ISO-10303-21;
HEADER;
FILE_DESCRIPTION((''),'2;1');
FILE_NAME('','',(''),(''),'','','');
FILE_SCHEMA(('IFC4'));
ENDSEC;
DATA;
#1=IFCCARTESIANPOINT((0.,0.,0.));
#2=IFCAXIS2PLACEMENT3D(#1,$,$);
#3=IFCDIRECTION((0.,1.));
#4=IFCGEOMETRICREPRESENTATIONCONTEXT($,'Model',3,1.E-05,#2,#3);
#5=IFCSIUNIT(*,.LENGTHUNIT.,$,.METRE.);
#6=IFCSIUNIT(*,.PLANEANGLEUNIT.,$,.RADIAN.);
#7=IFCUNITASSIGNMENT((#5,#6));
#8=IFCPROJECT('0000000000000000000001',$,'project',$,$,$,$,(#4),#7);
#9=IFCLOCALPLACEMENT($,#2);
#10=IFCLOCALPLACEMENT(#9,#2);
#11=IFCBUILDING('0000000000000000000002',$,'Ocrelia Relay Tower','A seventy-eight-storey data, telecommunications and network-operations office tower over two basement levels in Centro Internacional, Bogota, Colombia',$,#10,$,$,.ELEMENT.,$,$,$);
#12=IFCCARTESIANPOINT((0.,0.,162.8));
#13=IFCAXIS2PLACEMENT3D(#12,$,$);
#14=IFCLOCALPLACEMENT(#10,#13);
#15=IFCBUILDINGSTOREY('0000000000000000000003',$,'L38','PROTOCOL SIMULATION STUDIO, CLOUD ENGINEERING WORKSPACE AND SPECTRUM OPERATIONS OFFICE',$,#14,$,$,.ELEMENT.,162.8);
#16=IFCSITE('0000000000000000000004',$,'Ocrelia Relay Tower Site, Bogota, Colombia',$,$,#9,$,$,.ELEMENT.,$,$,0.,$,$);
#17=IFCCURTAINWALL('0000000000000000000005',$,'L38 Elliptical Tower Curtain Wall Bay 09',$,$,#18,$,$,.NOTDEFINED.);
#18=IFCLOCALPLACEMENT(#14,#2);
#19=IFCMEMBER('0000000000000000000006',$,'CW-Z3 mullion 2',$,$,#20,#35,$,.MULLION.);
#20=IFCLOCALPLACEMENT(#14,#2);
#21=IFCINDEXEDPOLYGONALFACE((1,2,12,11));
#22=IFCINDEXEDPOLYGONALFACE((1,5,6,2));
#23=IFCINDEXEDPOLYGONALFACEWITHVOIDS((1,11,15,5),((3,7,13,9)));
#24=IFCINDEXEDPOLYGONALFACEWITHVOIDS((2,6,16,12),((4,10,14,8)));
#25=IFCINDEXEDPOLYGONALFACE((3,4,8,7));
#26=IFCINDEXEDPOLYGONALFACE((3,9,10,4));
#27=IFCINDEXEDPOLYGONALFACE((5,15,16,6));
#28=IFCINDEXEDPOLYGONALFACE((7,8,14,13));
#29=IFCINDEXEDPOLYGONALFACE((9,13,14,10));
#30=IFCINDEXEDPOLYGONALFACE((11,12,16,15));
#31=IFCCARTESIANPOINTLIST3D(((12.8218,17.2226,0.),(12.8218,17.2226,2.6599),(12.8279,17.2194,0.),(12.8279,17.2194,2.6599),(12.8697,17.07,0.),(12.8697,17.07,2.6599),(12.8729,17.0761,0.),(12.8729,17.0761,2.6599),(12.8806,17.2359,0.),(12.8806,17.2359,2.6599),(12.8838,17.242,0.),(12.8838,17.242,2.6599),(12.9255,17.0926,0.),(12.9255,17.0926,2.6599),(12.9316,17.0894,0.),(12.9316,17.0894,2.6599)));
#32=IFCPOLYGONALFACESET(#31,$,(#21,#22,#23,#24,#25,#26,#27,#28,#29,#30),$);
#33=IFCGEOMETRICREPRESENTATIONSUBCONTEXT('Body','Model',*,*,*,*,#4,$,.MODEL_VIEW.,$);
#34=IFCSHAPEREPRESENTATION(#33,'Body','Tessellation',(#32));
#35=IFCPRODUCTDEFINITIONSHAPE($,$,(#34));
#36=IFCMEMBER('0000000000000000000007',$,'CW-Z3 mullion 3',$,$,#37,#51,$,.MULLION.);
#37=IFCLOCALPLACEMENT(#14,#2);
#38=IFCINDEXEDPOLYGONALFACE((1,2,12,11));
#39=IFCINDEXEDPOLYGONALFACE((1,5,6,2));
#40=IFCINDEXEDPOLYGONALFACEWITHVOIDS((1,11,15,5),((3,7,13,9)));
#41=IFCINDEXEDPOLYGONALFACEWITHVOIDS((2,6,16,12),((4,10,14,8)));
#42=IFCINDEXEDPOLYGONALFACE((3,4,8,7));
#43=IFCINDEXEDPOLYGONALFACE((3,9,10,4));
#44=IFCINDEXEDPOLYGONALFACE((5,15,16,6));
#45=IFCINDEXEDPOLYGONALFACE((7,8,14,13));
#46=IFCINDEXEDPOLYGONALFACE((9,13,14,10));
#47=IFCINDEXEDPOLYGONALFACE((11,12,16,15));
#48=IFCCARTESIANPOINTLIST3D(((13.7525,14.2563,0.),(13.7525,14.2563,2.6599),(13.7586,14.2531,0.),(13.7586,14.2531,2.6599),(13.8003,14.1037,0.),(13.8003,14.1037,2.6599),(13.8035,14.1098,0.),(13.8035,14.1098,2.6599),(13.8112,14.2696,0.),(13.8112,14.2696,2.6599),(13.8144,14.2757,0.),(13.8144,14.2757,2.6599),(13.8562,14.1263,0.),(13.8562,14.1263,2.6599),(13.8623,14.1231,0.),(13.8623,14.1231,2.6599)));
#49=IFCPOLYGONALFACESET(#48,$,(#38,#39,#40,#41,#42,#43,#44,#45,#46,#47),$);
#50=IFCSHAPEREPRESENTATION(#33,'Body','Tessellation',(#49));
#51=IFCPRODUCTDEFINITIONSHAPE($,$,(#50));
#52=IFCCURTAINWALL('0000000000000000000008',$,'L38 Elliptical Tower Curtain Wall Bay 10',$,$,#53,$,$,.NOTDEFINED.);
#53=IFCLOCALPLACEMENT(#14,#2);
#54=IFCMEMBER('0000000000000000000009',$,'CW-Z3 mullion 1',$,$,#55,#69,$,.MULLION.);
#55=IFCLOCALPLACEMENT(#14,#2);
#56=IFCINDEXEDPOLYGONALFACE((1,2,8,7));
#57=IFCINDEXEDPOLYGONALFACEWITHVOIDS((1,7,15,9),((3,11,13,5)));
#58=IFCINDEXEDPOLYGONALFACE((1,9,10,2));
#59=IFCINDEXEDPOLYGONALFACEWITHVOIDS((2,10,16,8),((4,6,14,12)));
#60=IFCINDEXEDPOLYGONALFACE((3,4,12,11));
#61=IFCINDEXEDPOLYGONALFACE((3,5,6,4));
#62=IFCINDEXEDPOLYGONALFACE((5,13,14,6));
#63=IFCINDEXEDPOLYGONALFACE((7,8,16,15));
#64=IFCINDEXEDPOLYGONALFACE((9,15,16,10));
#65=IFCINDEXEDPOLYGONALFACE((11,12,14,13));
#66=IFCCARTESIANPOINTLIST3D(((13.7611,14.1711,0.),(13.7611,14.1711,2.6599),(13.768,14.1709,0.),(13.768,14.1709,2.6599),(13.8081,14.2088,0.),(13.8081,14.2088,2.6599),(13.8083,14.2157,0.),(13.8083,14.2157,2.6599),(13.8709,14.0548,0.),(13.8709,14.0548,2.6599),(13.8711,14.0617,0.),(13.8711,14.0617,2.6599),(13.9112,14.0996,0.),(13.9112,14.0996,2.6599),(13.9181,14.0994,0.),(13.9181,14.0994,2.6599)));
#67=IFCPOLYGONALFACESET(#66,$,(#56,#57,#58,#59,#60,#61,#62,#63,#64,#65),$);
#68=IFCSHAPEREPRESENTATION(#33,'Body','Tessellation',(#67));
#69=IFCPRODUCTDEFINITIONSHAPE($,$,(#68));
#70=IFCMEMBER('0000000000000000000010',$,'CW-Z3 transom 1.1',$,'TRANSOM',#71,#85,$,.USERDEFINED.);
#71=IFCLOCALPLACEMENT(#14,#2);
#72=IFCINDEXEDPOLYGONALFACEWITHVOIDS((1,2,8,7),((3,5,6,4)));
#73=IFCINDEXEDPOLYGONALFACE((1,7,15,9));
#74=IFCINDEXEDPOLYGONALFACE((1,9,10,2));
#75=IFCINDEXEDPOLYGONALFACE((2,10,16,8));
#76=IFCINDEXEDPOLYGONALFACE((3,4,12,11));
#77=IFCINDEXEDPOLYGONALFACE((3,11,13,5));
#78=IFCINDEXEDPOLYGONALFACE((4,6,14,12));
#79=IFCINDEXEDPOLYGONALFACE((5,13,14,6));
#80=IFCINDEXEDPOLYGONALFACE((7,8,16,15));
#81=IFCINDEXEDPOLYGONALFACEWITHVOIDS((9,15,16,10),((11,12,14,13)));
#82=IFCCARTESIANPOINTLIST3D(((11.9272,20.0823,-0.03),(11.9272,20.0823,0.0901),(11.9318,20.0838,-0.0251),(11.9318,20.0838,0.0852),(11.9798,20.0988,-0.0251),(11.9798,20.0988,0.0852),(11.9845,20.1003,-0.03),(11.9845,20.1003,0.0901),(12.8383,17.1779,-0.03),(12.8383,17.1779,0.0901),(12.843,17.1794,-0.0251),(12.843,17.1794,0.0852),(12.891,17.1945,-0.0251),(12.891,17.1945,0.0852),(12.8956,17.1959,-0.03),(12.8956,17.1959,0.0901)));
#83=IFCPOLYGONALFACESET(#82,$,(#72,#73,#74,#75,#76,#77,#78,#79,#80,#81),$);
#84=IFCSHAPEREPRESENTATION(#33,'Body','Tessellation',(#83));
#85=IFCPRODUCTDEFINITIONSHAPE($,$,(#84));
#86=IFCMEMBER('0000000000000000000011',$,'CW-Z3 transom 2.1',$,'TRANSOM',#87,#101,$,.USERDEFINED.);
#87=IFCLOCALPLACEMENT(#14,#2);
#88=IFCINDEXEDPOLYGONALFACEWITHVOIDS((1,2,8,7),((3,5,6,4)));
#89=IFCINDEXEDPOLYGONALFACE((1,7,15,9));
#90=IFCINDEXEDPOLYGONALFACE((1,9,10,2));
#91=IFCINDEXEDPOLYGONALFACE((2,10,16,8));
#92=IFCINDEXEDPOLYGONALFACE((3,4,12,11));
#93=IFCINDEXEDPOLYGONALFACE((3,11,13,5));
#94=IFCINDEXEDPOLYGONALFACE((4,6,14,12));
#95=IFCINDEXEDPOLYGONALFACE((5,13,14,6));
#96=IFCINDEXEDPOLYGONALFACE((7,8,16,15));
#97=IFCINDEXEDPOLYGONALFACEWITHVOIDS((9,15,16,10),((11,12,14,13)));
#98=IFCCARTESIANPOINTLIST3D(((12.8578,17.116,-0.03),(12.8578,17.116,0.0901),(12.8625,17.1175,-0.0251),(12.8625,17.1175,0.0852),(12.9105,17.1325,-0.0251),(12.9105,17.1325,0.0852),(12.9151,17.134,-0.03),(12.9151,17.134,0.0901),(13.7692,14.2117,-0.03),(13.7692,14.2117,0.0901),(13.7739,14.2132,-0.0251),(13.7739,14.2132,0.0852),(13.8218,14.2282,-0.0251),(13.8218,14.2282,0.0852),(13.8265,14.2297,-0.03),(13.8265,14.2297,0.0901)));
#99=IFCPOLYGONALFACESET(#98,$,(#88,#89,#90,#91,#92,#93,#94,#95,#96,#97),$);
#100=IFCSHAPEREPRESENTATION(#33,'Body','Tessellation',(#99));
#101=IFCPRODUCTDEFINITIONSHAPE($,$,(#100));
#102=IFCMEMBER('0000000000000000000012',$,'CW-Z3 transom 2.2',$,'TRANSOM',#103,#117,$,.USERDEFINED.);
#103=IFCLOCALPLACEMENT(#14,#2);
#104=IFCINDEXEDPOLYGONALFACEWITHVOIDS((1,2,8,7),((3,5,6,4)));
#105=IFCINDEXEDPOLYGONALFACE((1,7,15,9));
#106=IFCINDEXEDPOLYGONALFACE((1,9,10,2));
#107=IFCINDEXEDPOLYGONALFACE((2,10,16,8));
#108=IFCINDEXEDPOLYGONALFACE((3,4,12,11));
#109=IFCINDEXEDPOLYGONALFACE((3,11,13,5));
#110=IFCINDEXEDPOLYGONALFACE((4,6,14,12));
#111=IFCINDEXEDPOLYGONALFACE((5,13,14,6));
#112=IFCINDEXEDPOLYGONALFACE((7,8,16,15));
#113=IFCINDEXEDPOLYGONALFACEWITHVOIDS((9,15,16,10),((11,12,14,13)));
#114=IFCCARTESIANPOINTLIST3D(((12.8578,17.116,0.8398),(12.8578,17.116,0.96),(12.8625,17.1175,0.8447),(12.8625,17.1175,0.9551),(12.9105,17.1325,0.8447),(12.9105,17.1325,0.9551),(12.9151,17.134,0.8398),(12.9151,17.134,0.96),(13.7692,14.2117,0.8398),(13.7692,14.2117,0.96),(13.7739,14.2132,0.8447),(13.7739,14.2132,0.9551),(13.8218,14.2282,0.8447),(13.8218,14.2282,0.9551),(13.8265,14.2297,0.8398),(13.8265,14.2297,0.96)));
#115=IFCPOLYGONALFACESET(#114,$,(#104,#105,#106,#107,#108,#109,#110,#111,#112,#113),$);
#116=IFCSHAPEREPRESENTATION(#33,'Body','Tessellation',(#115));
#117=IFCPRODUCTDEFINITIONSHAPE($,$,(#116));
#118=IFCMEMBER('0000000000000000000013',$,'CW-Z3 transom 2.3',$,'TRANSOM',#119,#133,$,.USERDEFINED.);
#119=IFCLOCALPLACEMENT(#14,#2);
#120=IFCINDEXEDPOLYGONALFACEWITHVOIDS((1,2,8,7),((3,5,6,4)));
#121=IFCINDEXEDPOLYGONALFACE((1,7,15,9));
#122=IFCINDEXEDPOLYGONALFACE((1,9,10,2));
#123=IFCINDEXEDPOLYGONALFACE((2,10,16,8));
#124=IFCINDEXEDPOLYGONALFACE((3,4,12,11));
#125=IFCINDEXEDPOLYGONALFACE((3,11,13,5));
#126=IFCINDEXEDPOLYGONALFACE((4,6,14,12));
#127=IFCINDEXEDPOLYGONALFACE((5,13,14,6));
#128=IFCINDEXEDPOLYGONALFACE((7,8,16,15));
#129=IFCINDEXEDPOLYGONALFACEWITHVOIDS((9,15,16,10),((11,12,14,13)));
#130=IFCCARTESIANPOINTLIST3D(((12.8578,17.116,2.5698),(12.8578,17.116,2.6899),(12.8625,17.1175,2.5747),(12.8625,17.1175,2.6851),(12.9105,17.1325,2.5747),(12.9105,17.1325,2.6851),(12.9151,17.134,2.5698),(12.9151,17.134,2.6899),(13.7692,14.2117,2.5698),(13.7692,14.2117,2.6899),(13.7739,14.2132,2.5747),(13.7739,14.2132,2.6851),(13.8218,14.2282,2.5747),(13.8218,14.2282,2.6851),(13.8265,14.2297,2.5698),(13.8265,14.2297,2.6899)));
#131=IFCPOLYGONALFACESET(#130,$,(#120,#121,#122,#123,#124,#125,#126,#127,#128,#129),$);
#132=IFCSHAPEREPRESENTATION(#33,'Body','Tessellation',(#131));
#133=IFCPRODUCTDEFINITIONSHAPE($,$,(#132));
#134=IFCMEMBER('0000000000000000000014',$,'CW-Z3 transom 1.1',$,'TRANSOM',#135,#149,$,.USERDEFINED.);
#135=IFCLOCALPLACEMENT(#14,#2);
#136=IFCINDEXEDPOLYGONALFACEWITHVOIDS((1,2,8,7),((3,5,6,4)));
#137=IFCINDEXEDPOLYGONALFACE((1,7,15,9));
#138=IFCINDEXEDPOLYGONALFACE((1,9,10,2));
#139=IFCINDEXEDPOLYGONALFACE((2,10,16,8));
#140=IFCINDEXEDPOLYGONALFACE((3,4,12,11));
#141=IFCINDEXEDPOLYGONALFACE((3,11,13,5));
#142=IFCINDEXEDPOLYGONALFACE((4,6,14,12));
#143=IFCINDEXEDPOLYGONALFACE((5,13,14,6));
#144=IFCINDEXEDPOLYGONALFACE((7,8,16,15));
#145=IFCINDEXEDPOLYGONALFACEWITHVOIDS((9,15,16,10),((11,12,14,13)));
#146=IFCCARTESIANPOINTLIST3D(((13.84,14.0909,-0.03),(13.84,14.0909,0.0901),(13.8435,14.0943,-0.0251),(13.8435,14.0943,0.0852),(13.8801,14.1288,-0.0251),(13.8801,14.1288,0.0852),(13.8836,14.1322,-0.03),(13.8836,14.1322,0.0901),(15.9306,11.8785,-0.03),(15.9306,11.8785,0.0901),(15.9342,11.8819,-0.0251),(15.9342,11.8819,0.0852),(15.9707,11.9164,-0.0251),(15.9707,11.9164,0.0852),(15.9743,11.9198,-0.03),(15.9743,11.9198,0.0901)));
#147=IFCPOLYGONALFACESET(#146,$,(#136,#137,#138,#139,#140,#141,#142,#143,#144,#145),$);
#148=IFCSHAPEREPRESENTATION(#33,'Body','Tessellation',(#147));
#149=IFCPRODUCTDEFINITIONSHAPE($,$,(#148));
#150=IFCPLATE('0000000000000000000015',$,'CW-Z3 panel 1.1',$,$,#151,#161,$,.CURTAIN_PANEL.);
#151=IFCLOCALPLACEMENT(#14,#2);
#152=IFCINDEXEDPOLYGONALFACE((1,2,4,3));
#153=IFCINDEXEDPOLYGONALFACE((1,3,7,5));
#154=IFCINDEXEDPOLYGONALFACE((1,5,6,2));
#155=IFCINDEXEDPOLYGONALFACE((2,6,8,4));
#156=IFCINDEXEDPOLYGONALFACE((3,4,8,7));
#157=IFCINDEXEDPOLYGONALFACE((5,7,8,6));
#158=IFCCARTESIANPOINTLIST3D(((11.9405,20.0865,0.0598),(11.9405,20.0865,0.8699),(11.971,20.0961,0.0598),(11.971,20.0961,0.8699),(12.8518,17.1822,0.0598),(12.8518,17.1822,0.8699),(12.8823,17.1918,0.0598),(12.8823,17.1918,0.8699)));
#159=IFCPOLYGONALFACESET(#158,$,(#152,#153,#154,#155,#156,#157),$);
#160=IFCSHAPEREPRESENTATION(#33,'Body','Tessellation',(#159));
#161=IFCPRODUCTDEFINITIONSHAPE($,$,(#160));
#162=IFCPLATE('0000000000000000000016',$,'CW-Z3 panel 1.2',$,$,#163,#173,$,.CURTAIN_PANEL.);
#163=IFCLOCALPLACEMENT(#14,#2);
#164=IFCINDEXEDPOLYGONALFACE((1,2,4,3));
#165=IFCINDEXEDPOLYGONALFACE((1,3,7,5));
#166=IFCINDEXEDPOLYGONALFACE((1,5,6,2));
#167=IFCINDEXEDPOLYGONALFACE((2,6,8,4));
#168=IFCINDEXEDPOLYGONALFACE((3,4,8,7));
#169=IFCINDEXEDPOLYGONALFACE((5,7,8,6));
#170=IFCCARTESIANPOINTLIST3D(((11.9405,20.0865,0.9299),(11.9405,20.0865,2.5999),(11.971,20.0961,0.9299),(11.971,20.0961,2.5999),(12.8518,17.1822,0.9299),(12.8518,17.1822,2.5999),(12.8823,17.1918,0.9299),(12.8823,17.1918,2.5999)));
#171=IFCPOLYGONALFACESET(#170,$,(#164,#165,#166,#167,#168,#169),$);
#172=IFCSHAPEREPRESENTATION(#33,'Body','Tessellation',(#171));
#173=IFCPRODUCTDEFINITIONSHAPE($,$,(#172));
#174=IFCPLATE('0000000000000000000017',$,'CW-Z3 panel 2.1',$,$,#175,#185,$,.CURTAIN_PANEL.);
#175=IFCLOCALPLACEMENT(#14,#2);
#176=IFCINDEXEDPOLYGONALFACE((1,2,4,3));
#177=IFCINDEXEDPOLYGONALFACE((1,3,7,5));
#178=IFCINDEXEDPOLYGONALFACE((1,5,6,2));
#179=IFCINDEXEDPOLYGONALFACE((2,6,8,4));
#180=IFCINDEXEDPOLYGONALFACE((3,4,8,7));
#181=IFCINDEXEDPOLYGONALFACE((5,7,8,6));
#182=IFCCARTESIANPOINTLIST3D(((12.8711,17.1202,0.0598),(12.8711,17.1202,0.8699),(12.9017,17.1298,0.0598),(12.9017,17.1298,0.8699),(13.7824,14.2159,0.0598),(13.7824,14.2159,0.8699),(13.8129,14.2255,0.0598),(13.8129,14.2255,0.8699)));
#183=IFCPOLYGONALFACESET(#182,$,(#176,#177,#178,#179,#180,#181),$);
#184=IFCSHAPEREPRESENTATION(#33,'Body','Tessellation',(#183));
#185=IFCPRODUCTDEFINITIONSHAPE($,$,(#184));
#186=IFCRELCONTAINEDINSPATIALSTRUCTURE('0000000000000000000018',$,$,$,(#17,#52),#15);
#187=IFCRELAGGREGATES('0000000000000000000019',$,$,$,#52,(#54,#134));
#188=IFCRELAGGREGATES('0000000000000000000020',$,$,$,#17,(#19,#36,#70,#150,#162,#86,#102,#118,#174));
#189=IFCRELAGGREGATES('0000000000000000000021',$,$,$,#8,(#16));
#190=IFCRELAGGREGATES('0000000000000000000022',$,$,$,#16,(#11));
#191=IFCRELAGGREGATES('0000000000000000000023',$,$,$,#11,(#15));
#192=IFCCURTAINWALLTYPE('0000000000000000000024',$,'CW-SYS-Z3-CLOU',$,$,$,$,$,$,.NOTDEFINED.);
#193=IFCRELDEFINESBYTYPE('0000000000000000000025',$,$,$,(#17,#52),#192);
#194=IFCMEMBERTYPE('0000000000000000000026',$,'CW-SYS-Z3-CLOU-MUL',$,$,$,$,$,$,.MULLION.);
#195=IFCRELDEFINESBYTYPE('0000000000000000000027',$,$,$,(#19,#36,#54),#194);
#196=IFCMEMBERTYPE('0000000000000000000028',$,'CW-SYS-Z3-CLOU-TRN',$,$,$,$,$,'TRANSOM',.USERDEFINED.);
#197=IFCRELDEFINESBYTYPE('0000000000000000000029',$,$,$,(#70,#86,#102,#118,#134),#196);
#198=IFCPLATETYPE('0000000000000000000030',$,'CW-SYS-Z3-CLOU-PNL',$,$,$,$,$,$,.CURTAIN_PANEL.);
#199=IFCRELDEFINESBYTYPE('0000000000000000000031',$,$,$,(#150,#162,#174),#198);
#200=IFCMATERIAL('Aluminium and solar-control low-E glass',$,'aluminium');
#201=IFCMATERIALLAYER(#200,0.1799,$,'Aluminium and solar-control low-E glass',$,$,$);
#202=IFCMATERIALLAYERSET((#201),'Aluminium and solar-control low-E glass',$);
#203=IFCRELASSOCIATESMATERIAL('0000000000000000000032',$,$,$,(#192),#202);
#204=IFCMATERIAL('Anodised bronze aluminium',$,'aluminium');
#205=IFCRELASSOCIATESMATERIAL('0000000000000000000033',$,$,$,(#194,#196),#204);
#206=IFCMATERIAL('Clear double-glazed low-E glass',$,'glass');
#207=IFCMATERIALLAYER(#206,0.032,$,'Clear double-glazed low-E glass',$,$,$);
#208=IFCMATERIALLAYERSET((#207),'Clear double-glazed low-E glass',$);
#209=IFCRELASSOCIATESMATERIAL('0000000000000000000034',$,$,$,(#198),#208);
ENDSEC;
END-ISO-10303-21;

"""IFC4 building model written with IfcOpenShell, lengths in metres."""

from ifc_helpers import new_model, si_unit, direction, frame, origin, origin_2d, place, context, subcontext, project, spatial, rectangle, hollow_rectangle, extrude, material, layer, layer_set, material_profile, profile_set, type_object, element, aggregate, save


model = new_model("IFC4")

# Units and contexts
model_context = context("Model", 3, precision=1e-05, world=origin(), true_north=direction((0.0, 1.0)))
body_context = subcontext(model_context, "Body", "Model", "MODEL_VIEW")
ifc_project = project(units=[si_unit("LENGTHUNIT", "METRE"), si_unit("PLANEANGLEUNIT", "RADIAN")], contexts=[model_context])

# Site, building, storey
site_placement = place(None, origin())
site = spatial("IfcSite", under=ifc_project, at=site_placement, Name="Ocrelia Relay Tower Site, Bogota, Colombia", CompositionType="ELEMENT", RefElevation=0.0)
building_placement = place(site_placement, origin())
building = spatial("IfcBuilding", under=site, at=building_placement, Name="Ocrelia Relay Tower", Description="A seventy-eight-storey data, telecommunications and network-operations office tower over two basement levels in Centro Internacional, Bogota, Colombia", CompositionType="ELEMENT")
storey_placement = place(building_placement, frame((0.0, 0.0, 162.8)))
storey = spatial("IfcBuildingStorey", under=building, at=storey_placement, Name="L38", Description="PROTOCOL SIMULATION STUDIO, CLOUD ENGINEERING WORKSPACE AND SPECTRUM OPERATIONS OFFICE", CompositionType="ELEMENT", Elevation=162.8)

# Curtain wall, members
ifc_material_1 = material(Name="Aluminium and solar-control low-E glass", Category="aluminium")
ifc_layer_1 = layer(ifc_material_1, 0.1799, Name="Aluminium and solar-control low-E glass")
ifc_layer_set_1 = layer_set([ifc_layer_1], Name="Aluminium and solar-control low-E glass")
curtain_wall_type = type_object("IfcCurtainWallType", Name="CW-SYS-Z3-CLOU", PredefinedType="NOTDEFINED", material=ifc_layer_set_1)
curtain_wall_1_placement = place(storey_placement, origin())
curtain_wall_1 = element("IfcCurtainWall", 1, at=curtain_wall_1_placement, inside=storey, type_object=curtain_wall_type, Name="L38 Elliptical Tower Curtain Wall Bay 09", PredefinedType="NOTDEFINED")
ifc_material_2 = material(Name="Anodised bronze aluminium", Category="aluminium")
ifc_material_profile_1 = material_profile(ifc_material_2, hollow_rectangle(XDim=0.0649, YDim=0.1599, WallThickness=0.0049, at=origin_2d()), Name="CW-MUL-160x65")
ifc_profile_set_1 = profile_set([ifc_material_profile_1], Name="Anodised bronze aluminium")
member_type_1 = type_object("IfcMemberType", Name="CW-SYS-Z3-CLOU-MUL", PredefinedType="MULLION", material=ifc_profile_set_1)
member_1_placement = place(storey_placement, frame((12.8767, 17.156, 0.0), z_axis=(0.0, 0.0, 1.0), x_axis=(0.954136, 0.299375, 0.0)))
member_1 = element("IfcMember", 2, at=member_1_placement, type_object=member_type_1, Name="CW-Z3 mullion 2", PredefinedType="MULLION", context=body_context, shape_type="SweptSolid", body=[
    extrude(hollow_rectangle(XDim=0.0649, YDim=0.1599, WallThickness=0.0049, at=origin_2d()), origin(), (0.0, 0.0, 1.0), 2.6599),
])
member_2_placement = place(storey_placement, frame((13.8074, 14.1897, 0.0), z_axis=(0.0, 0.0, 1.0), x_axis=(0.954136, 0.299375, 0.0)))
member_2 = element("IfcMember", 3, at=member_2_placement, type_object=member_type_1, Name="CW-Z3 mullion 3", PredefinedType="MULLION", context=body_context, shape_type="SweptSolid", body=[
    extrude(hollow_rectangle(XDim=0.0649, YDim=0.1599, WallThickness=0.0049, at=origin_2d()), origin(), (0.0, 0.0, 1.0), 2.6599),
])

# Curtain wall, member
curtain_wall_2_placement = place(storey_placement, origin())
curtain_wall_2 = element("IfcCurtainWall", 4, at=curtain_wall_2_placement, inside=storey, type_object=curtain_wall_type, Name="L38 Elliptical Tower Curtain Wall Bay 10", PredefinedType="NOTDEFINED")
member_3_placement = place(storey_placement, frame((13.8396, 14.1353, 0.0), z_axis=(0.0, 0.0, 1.0), x_axis=(0.726808, 0.686841, 0.0)))
member_3 = element("IfcMember", 5, at=member_3_placement, type_object=member_type_1, Name="CW-Z3 mullion 1", PredefinedType="MULLION", context=body_context, shape_type="SweptSolid", body=[
    extrude(hollow_rectangle(XDim=0.0649, YDim=0.1599, WallThickness=0.0049, at=origin_2d()), origin(), (0.0, 0.0, 1.0), 2.6599),
])

# Members
ifc_material_profile_2 = material_profile(ifc_material_2, hollow_rectangle(XDim=0.0601, YDim=0.1201, WallThickness=0.0049, at=origin_2d()), Name="CW-TRN-120x60")
ifc_profile_set_2 = profile_set([ifc_material_profile_2], Name="Anodised bronze aluminium")
member_type_2 = type_object("IfcMemberType", Name="CW-SYS-Z3-CLOU-TRN", ElementType="TRANSOM", PredefinedType="USERDEFINED", material=ifc_profile_set_2)
member_4_placement = place(storey_placement, frame((11.9558, 20.0913, 0.03), z_axis=(0.299334, -0.954148, 0.0), x_axis=(0.954148, 0.299334, 0.0)))
member_4 = element("IfcMember", 6, at=member_4_placement, type_object=member_type_2, Name="CW-Z3 transom 1.1", ObjectType="TRANSOM", PredefinedType="USERDEFINED", context=body_context, shape_type="SweptSolid", body=[
    extrude(hollow_rectangle(XDim=0.0601, YDim=0.1201, WallThickness=0.0049, at=origin_2d()), origin(), (0.0, 0.0, 1.0), 3.0439),
])
member_5_placement = place(storey_placement, frame((12.8865, 17.125, 0.03), z_axis=(0.299407, -0.954125, 0.0), x_axis=(0.954125, 0.299407, 0.0)))
member_5 = element("IfcMember", 7, at=member_5_placement, type_object=member_type_2, Name="CW-Z3 transom 2.1", ObjectType="TRANSOM", PredefinedType="USERDEFINED", context=body_context, shape_type="SweptSolid", body=[
    extrude(hollow_rectangle(XDim=0.0601, YDim=0.1201, WallThickness=0.0049, at=origin_2d()), origin(), (0.0, 0.0, 1.0), 3.0439),
])
member_6_placement = place(storey_placement, frame((12.8865, 17.125, 0.8999), z_axis=(0.299407, -0.954125, 0.0), x_axis=(0.954125, 0.299407, 0.0)))
member_6 = element("IfcMember", 8, at=member_6_placement, type_object=member_type_2, Name="CW-Z3 transom 2.2", ObjectType="TRANSOM", PredefinedType="USERDEFINED", context=body_context, shape_type="SweptSolid", body=[
    extrude(hollow_rectangle(XDim=0.0601, YDim=0.1201, WallThickness=0.0049, at=origin_2d()), origin(), (0.0, 0.0, 1.0), 3.0439),
])
member_7_placement = place(storey_placement, frame((12.8865, 17.125, 2.6299), z_axis=(0.299407, -0.954125, 0.0), x_axis=(0.954125, 0.299407, 0.0)))
member_7 = element("IfcMember", 9, at=member_7_placement, type_object=member_type_2, Name="CW-Z3 transom 2.3", ObjectType="TRANSOM", PredefinedType="USERDEFINED", context=body_context, shape_type="SweptSolid", body=[
    extrude(hollow_rectangle(XDim=0.0601, YDim=0.1201, WallThickness=0.0049, at=origin_2d()), origin(), (0.0, 0.0, 1.0), 3.0439),
])
member_8_placement = place(storey_placement, frame((13.8618, 14.1116, 0.03), z_axis=(0.686812, -0.726835, 0.0), x_axis=(0.726835, 0.686812, 0.0)))
member_8 = element("IfcMember", 10, at=member_8_placement, type_object=member_type_2, Name="CW-Z3 transom 1.1", ObjectType="TRANSOM", PredefinedType="USERDEFINED", context=body_context, shape_type="SweptSolid", body=[
    extrude(hollow_rectangle(XDim=0.0601, YDim=0.1201, WallThickness=0.0049, at=origin_2d()), origin(), (0.0, 0.0, 1.0), 3.0439),
])
aggregate(curtain_wall_2, [member_3, member_8])

# Plates
ifc_material_3 = material(Name="Clear double-glazed low-E glass", Category="glass")
ifc_layer_2 = layer(ifc_material_3, 0.032, Name="Clear double-glazed low-E glass")
ifc_layer_set_2 = layer_set([ifc_layer_2], Name="Clear double-glazed low-E glass")
plate_type = type_object("IfcPlateType", Name="CW-SYS-Z3-CLOU-PNL", PredefinedType="CURTAIN_PANEL", material=ifc_layer_set_2)
plate_1_placement = place(storey_placement, frame((12.4114, 18.6392, 0.0598), z_axis=(0.0, 0.0, 1.0), x_axis=(0.299375, -0.954136, 0.0)))
plate_1 = element("IfcPlate", 11, at=plate_1_placement, type_object=plate_type, Name="CW-Z3 panel 1.1", PredefinedType="CURTAIN_PANEL", context=body_context, shape_type="SweptSolid", body=[
    extrude(rectangle(XDim=3.0439, YDim=0.032, at=origin_2d()), origin(), (0.0, 0.0, 1.0), 0.8101),
])
plate_2_placement = place(storey_placement, frame((12.4114, 18.6392, 0.9299), z_axis=(0.0, 0.0, 1.0), x_axis=(0.299375, -0.954136, 0.0)))
plate_2 = element("IfcPlate", 12, at=plate_2_placement, type_object=plate_type, Name="CW-Z3 panel 1.2", PredefinedType="CURTAIN_PANEL", context=body_context, shape_type="SweptSolid", body=[
    extrude(rectangle(XDim=3.0439, YDim=0.032, at=origin_2d()), origin(), (0.0, 0.0, 1.0), 1.6699),
])
plate_3_placement = place(storey_placement, frame((13.342, 15.6729, 0.0598), z_axis=(0.0, 0.0, 1.0), x_axis=(0.299375, -0.954136, 0.0)))
plate_3 = element("IfcPlate", 13, at=plate_3_placement, type_object=plate_type, Name="CW-Z3 panel 2.1", PredefinedType="CURTAIN_PANEL", context=body_context, shape_type="SweptSolid", body=[
    extrude(rectangle(XDim=3.0439, YDim=0.032, at=origin_2d()), origin(), (0.0, 0.0, 1.0), 0.8101),
])
aggregate(curtain_wall_1, [member_1, member_2, member_4, plate_1, plate_2, member_5, member_6, member_7, plate_3])

save(model, "model.ifc")
